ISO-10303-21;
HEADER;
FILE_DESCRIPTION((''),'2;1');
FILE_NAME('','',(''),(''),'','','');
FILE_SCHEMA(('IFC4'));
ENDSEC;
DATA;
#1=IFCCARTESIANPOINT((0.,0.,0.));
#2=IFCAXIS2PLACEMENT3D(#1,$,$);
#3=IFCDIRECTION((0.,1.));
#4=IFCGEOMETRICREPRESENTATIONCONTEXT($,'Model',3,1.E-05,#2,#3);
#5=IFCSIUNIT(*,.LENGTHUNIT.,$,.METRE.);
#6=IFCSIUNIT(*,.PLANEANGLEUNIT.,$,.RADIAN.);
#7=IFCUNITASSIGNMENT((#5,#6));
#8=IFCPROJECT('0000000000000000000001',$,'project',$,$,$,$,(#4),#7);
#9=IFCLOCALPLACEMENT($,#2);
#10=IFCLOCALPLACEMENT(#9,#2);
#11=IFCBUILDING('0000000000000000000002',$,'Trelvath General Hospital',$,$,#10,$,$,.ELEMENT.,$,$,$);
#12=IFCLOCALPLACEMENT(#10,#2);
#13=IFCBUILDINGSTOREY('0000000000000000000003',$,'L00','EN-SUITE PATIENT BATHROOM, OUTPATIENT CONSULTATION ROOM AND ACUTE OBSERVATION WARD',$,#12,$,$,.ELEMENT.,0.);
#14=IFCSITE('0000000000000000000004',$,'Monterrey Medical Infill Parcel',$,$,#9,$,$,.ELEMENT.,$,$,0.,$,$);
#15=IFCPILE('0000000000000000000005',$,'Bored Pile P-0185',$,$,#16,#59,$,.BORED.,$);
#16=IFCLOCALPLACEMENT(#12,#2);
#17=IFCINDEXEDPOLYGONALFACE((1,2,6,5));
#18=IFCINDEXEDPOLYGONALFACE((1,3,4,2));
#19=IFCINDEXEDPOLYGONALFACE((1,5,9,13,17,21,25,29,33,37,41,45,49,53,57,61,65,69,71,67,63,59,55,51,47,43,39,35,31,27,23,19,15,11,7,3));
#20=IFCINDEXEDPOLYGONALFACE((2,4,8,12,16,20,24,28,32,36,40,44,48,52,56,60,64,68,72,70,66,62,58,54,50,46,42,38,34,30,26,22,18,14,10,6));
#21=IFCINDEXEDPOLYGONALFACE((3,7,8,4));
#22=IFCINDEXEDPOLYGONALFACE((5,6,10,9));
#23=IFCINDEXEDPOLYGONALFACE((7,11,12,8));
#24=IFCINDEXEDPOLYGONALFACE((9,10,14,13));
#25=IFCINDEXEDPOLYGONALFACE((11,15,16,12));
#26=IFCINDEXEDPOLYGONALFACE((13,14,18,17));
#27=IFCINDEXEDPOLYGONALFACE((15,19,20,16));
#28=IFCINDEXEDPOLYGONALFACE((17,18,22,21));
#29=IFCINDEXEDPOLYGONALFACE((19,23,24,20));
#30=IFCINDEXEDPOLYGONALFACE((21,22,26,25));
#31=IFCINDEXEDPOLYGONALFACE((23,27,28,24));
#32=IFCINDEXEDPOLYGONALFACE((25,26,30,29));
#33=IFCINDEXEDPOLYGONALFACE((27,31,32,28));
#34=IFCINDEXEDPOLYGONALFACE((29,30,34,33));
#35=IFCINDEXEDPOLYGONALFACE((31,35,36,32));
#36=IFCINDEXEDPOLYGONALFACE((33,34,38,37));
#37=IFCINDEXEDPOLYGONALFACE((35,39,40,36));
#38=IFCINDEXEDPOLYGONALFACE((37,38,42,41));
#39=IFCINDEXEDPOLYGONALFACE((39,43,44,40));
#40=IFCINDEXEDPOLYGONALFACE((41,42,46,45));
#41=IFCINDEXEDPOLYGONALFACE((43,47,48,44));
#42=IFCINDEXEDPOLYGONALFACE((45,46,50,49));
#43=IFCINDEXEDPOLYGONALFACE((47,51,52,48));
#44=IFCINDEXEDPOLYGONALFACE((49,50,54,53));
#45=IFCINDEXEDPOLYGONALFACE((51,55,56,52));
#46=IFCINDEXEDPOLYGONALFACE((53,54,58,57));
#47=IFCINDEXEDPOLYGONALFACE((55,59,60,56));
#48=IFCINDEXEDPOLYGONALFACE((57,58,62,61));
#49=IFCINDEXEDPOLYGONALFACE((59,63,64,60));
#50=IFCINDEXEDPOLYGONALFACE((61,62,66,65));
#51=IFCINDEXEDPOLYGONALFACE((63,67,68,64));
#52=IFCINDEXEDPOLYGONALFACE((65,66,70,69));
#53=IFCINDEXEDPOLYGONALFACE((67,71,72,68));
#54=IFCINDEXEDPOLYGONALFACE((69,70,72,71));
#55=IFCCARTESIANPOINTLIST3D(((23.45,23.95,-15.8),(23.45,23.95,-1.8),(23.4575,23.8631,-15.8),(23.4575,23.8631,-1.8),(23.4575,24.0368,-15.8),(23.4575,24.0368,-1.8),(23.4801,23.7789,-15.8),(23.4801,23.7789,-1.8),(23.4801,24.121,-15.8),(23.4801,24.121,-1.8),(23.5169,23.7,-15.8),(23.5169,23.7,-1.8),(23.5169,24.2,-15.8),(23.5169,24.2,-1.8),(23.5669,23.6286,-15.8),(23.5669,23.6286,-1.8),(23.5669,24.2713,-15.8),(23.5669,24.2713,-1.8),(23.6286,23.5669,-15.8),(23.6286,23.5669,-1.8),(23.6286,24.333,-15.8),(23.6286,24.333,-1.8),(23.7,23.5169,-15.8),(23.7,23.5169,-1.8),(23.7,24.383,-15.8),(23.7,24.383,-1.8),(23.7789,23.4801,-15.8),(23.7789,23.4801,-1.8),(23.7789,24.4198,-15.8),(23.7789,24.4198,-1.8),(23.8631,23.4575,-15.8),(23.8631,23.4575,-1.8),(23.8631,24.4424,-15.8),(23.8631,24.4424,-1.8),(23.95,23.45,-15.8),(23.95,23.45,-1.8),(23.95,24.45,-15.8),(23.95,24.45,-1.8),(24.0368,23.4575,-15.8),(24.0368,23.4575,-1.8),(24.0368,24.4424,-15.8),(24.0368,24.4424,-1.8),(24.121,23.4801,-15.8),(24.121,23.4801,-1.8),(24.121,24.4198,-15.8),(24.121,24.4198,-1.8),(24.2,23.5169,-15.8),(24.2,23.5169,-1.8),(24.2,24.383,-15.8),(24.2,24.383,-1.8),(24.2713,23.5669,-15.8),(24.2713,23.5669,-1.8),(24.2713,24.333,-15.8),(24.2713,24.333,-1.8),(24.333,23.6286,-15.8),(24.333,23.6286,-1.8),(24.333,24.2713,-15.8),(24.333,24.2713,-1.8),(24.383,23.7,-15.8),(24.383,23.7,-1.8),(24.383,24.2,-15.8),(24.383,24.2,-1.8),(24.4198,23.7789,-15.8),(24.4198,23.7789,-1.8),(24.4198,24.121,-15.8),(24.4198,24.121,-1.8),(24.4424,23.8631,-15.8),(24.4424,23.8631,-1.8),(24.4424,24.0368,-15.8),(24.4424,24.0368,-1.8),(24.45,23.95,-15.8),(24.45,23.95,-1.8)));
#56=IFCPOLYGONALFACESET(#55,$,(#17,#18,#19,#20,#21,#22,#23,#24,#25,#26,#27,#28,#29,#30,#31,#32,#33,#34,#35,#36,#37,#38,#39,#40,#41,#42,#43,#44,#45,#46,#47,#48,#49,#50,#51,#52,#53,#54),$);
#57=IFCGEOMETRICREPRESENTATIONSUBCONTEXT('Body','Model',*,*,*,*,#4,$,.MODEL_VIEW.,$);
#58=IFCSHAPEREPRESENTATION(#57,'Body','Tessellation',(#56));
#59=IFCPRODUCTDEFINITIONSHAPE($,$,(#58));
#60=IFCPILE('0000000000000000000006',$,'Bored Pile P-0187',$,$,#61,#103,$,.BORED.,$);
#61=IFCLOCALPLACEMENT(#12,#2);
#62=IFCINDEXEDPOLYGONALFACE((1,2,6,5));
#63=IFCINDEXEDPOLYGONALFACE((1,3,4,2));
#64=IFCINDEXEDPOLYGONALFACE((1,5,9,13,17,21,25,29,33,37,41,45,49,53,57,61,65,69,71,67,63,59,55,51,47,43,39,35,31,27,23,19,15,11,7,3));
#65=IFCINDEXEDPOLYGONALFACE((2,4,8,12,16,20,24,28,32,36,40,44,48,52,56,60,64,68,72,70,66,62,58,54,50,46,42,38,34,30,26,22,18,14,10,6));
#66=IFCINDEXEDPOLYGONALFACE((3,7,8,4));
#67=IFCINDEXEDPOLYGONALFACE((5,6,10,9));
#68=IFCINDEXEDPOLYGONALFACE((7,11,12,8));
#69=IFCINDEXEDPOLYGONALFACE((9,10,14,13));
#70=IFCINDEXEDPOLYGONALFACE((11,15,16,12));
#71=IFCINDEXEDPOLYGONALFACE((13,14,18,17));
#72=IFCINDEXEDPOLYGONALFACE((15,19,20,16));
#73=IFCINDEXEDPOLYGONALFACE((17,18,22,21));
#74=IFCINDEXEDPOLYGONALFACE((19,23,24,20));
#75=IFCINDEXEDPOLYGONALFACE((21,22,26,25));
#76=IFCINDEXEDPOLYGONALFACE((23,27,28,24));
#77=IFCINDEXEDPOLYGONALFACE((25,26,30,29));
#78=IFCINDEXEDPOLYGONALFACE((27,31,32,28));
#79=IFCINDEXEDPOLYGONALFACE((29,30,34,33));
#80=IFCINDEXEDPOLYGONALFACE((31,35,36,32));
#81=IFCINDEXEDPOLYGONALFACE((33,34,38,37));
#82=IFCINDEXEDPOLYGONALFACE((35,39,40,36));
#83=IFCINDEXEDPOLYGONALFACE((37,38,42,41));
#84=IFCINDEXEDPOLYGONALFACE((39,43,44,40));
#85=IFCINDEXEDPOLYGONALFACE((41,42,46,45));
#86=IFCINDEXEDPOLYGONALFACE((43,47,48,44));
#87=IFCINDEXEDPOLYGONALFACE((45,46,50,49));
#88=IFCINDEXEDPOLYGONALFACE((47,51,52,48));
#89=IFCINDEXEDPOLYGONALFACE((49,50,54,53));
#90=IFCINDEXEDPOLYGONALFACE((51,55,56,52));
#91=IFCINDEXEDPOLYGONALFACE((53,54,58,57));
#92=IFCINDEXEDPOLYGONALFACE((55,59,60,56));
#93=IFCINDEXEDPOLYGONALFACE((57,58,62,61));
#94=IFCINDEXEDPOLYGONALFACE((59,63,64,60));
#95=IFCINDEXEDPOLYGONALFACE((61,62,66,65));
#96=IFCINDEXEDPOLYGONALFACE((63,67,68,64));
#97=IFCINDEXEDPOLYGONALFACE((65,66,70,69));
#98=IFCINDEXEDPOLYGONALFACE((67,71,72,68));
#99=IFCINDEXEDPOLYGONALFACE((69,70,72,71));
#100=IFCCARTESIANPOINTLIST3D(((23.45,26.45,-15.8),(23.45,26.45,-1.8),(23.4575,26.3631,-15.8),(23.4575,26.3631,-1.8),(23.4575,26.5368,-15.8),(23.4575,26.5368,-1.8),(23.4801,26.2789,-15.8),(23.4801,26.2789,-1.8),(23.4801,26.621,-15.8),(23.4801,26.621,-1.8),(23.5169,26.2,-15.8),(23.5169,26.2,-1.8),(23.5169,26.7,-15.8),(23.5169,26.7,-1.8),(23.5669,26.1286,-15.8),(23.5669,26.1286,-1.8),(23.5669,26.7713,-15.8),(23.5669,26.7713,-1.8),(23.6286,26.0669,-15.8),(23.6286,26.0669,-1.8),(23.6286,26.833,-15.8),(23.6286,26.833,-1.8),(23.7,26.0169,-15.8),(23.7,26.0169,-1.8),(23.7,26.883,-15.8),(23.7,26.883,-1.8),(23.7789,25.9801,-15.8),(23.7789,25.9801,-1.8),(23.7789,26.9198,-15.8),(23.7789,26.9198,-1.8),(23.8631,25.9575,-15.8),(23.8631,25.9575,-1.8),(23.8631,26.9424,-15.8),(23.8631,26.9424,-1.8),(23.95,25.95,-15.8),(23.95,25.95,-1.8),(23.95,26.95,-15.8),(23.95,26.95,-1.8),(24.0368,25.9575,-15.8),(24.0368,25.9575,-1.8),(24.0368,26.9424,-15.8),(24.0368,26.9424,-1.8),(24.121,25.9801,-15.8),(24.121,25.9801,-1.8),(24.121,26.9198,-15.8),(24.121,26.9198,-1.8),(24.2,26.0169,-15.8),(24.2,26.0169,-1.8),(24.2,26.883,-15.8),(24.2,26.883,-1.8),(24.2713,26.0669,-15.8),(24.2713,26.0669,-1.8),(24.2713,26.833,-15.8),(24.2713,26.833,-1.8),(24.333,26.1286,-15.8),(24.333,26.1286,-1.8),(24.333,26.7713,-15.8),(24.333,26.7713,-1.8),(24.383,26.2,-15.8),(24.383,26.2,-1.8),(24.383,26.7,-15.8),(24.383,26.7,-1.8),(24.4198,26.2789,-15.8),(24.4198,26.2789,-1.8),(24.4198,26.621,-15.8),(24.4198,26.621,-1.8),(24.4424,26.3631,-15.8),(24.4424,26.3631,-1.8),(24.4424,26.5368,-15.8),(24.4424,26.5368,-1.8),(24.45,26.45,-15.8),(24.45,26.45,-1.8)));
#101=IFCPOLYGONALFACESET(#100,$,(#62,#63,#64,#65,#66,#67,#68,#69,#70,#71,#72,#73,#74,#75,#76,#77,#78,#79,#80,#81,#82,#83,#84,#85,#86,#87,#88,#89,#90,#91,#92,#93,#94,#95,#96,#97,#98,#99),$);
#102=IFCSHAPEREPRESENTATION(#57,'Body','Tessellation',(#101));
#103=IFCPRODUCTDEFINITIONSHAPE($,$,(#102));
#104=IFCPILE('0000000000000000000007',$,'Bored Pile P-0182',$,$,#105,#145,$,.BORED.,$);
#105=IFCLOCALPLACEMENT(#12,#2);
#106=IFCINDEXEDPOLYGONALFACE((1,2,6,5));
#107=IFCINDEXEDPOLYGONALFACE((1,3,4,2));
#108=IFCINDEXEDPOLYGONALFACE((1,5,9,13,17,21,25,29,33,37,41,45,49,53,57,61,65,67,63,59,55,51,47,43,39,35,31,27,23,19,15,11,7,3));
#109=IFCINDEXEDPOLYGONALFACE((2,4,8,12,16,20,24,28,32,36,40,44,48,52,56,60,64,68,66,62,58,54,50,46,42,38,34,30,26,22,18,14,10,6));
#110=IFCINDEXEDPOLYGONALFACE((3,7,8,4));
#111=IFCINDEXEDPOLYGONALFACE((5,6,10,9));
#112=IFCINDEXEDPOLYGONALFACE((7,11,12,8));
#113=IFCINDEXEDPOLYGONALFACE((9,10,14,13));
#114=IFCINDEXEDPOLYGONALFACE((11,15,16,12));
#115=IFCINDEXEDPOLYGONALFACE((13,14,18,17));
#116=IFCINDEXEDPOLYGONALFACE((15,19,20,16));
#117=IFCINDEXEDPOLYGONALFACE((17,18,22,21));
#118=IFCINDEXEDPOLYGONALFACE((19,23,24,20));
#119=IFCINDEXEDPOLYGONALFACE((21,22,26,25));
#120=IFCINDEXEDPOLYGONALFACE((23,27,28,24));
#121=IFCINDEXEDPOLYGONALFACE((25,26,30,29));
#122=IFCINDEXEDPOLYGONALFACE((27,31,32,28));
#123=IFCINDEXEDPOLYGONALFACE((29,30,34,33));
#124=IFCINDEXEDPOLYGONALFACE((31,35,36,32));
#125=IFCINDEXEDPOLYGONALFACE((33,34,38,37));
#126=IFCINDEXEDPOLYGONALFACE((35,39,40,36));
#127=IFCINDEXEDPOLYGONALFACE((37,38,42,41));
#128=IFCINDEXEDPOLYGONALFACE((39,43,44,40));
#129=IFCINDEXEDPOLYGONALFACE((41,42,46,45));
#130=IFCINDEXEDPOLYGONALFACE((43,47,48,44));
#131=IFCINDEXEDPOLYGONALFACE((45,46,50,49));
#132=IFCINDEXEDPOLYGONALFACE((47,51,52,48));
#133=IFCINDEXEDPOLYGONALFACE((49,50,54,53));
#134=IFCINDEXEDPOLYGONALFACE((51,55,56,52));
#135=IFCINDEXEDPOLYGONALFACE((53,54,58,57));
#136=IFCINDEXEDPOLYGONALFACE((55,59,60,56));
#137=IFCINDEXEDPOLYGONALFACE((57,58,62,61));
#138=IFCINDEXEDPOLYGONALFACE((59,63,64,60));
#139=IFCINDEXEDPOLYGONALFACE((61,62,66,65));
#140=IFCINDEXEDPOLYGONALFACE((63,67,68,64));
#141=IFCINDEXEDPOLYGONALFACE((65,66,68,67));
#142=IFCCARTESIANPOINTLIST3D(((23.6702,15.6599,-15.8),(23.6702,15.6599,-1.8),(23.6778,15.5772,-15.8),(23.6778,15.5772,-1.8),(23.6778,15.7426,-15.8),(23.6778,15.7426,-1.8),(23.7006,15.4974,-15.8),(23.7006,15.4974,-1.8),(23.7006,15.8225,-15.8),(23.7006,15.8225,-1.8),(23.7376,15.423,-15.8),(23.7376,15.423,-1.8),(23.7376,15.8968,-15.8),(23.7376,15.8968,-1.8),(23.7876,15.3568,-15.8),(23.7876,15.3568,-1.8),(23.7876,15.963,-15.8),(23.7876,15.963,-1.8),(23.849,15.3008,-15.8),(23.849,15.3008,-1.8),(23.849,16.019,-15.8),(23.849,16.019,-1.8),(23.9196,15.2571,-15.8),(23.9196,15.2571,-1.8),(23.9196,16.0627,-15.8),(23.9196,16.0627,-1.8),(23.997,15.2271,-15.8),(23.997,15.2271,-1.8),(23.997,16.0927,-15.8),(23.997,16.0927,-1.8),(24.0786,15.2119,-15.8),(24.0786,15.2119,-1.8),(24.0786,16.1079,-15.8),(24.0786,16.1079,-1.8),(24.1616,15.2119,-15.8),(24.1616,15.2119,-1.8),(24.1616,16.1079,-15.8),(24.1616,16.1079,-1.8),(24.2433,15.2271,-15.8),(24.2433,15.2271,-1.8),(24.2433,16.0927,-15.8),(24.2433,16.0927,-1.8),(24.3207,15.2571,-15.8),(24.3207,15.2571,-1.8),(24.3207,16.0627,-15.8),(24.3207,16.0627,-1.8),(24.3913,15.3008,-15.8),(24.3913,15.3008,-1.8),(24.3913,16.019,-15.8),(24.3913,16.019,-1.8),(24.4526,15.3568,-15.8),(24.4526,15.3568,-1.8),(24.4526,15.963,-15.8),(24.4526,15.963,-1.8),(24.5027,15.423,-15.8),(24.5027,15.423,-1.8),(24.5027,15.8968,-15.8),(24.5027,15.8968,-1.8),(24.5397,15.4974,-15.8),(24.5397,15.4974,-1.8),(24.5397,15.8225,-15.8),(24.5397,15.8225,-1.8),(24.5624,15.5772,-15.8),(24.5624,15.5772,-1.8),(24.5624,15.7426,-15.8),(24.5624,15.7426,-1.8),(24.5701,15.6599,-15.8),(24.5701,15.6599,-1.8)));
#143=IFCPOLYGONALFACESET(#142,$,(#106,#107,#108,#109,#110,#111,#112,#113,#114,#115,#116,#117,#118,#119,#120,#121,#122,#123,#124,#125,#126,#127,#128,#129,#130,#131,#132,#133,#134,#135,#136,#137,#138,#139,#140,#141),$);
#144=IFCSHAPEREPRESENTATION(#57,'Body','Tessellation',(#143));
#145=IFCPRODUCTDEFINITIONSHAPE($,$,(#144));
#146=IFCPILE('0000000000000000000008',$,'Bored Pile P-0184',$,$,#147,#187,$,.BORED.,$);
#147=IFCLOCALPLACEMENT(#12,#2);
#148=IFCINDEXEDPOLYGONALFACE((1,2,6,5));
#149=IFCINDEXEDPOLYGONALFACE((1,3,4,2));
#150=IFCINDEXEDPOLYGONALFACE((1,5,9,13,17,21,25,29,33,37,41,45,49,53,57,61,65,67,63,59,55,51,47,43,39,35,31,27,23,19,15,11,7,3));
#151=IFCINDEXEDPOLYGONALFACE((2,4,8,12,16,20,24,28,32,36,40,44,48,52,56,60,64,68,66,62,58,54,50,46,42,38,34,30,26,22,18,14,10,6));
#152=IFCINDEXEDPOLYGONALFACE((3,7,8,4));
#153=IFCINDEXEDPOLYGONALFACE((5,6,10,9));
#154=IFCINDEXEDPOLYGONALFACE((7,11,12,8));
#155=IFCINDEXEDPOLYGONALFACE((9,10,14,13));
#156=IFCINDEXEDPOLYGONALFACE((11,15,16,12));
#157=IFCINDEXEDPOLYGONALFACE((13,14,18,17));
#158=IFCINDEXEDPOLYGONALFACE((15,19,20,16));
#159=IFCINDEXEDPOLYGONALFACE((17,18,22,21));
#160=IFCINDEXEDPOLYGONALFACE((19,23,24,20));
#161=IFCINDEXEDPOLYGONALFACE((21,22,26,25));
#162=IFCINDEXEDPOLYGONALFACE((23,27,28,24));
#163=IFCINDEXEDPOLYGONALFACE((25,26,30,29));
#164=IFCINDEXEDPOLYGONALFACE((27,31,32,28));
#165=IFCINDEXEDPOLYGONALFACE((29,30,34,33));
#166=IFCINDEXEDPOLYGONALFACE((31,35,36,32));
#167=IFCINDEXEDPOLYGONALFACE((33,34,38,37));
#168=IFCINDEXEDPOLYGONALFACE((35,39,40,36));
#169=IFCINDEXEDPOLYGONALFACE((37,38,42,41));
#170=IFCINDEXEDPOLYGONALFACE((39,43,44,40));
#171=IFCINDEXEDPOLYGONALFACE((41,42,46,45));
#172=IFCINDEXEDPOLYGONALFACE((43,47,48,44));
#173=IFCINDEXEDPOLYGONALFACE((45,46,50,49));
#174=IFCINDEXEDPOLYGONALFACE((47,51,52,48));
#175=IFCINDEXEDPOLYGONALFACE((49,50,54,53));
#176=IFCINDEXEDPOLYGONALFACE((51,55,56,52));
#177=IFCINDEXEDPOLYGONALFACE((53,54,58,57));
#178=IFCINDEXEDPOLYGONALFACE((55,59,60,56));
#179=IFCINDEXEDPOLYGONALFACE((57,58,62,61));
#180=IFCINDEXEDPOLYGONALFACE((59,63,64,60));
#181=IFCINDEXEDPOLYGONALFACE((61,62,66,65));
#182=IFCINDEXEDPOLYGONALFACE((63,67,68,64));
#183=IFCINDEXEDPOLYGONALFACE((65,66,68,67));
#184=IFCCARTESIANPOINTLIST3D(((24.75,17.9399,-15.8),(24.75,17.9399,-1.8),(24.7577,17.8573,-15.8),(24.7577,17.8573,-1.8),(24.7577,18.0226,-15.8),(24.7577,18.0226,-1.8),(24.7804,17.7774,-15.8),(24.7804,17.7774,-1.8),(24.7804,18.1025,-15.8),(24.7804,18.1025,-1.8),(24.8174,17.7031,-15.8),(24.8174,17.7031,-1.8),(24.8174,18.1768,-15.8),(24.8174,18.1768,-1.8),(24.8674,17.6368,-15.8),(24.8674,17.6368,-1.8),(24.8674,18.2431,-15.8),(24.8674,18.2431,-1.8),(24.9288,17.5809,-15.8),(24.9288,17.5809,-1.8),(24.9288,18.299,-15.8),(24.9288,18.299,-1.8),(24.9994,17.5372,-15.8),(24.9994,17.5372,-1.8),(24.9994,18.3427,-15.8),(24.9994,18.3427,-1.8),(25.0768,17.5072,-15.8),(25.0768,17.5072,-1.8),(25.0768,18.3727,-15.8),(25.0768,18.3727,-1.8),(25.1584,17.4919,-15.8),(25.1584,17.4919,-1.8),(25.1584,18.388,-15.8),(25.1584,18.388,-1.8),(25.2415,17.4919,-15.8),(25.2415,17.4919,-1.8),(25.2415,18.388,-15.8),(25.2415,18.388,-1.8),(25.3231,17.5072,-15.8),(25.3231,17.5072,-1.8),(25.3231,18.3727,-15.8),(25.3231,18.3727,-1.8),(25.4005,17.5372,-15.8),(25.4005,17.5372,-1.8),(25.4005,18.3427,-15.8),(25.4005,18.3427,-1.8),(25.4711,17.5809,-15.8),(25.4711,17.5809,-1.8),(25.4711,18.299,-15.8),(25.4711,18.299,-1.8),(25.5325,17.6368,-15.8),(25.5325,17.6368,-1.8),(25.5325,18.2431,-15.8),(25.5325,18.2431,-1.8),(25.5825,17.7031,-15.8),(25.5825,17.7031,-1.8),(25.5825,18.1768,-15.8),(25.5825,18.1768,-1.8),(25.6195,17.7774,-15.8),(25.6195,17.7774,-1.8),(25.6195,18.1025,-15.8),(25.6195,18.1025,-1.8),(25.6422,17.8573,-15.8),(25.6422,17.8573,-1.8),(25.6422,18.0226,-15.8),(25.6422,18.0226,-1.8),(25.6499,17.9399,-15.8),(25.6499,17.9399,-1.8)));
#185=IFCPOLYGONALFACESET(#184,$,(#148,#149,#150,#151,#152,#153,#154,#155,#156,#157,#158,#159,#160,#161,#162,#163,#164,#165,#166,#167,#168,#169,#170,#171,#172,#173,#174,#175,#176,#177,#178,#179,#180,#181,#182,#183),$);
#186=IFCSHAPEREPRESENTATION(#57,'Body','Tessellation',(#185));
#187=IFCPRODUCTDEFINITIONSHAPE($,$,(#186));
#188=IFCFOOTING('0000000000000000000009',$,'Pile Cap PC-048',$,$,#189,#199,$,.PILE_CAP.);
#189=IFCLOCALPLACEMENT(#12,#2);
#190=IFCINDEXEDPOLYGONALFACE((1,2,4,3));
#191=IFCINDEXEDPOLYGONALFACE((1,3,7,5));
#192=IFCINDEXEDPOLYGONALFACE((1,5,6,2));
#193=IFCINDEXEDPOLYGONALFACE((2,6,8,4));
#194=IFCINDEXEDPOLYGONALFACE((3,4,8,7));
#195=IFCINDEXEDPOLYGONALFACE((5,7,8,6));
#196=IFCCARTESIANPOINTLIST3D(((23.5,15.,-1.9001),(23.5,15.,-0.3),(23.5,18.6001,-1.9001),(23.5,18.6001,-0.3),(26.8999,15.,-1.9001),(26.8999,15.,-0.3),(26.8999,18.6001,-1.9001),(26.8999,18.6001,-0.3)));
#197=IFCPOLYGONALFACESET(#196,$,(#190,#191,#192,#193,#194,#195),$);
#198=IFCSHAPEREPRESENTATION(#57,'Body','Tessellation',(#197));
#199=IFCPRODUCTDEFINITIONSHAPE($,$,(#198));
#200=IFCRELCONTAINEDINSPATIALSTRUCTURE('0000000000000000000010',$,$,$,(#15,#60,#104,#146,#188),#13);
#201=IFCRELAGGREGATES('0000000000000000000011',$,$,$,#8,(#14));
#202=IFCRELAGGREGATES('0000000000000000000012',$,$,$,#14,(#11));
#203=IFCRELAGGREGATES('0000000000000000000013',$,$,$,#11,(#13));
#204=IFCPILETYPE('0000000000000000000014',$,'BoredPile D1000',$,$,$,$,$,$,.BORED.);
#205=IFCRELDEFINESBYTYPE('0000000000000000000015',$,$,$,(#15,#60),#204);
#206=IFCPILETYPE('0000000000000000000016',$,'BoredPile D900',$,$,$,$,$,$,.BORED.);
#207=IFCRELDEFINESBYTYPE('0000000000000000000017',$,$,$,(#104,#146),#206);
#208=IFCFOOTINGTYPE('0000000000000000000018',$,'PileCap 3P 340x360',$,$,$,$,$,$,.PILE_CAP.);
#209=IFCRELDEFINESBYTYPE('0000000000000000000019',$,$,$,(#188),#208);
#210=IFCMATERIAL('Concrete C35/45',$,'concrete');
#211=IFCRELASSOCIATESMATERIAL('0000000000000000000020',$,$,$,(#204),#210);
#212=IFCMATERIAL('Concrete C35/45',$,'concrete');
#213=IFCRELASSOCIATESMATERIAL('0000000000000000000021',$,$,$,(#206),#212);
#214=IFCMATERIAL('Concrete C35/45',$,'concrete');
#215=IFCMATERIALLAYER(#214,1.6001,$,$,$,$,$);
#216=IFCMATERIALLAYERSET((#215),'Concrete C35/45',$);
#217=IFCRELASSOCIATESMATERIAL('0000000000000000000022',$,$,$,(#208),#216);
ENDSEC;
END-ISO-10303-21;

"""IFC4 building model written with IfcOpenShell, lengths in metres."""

from ifc_helpers import new_model, si_unit, direction, frame, origin, origin_2d, place, context, subcontext, project, spatial, rectangle, circle, extrude, material, layer, layer_set, material_profile, profile_set, type_object, element, save


model = new_model("IFC4")

# Units and contexts
model_context = context("Model", 3, precision=1e-05, world=origin(), true_north=direction((0.0, 1.0)))
body_context = subcontext(model_context, "Body", "Model", "MODEL_VIEW")
ifc_project = project(units=[si_unit("LENGTHUNIT", "METRE"), si_unit("PLANEANGLEUNIT", "RADIAN")], contexts=[model_context])

# Site, building, storey
site_placement = place(None, origin())
site = spatial("IfcSite", under=ifc_project, at=site_placement, Name="Monterrey Medical Infill Parcel", CompositionType="ELEMENT", RefElevation=0.0)
building_placement = place(site_placement, origin())
building = spatial("IfcBuilding", under=site, at=building_placement, Name="Trelvath General Hospital", CompositionType="ELEMENT")
storey_placement = place(building_placement, origin())
storey = spatial("IfcBuildingStorey", under=building, at=storey_placement, Name="L00", Description="EN-SUITE PATIENT BATHROOM, OUTPATIENT CONSULTATION ROOM AND ACUTE OBSERVATION WARD", CompositionType="ELEMENT", Elevation=0.0)

# Piles
ifc_material_1 = material(Name="Concrete C35/45", Category="concrete")
ifc_material_profile_1 = material_profile(ifc_material_1, circle(Radius=0.5, at=origin_2d()), Name="PILE1000")
ifc_profile_set_1 = profile_set([ifc_material_profile_1], Name="Concrete C35/45")
pile_type_1 = type_object("IfcPileType", Name="BoredPile D1000", PredefinedType="BORED", material=ifc_profile_set_1)
for number, where, z_axis, x_axis, name in (
    (1, (23.95, 23.95, -1.8), (0.0, 0.0, -1.0), (1.0, 0.0, 0.0), "Bored Pile P-0185"),
    (2, (23.95, 26.45, -1.8), (0.0, 0.0, -1.0), (1.0, 0.0, 0.0), "Bored Pile P-0187"),
):
    element("IfcPile", number, at=place(storey_placement, frame(where, z_axis=z_axis, x_axis=x_axis)), inside=storey, type_object=pile_type_1, Name=name, PredefinedType="BORED", context=body_context, shape_type="SweptSolid", body=[
        extrude(circle(Radius=0.5, at=origin_2d()), origin(), (0.0, 0.0, 1.0), 14.0),
    ])
ifc_material_2 = material(Name="Concrete C35/45", Category="concrete")
ifc_material_profile_2 = material_profile(ifc_material_2, circle(Radius=0.45, at=origin_2d()), Name="PILE900")
ifc_profile_set_2 = profile_set([ifc_material_profile_2], Name="Concrete C35/45")
pile_type_2 = type_object("IfcPileType", Name="BoredPile D900", PredefinedType="BORED", material=ifc_profile_set_2)
for number, where, z_axis, x_axis, name in (
    (3, (24.1201, 15.6599, -1.8), (0.0, 0.0, -1.0), (1.0, 0.0, 0.0), "Bored Pile P-0182"),
    (4, (25.2, 17.9399, -1.8), (0.0, 0.0, -1.0), (1.0, 0.0, 0.0), "Bored Pile P-0184"),
):
    element("IfcPile", number, at=place(storey_placement, frame(where, z_axis=z_axis, x_axis=x_axis)), inside=storey, type_object=pile_type_2, Name=name, PredefinedType="BORED", context=body_context, shape_type="SweptSolid", body=[
        extrude(circle(Radius=0.45, at=origin_2d()), origin(), (0.0, 0.0, 1.0), 14.0),
    ])

# Footing
ifc_material_3 = material(Name="Concrete C35/45", Category="concrete")
ifc_layer_1 = layer(ifc_material_3, 1.6001)
ifc_layer_set_1 = layer_set([ifc_layer_1], Name="Concrete C35/45")
footing_type_1 = type_object("IfcFootingType", Name="PileCap 3P 340x360", PredefinedType="PILE_CAP", material=ifc_layer_set_1)
footing_1_placement = place(storey_placement, frame((25.2, 16.8, -1.9001), z_axis=(0.0, 0.0, 1.0), x_axis=(1.0, 0.0, 0.0)))
element("IfcFooting", 5, at=footing_1_placement, inside=storey, type_object=footing_type_1, Name="Pile Cap PC-048", PredefinedType="PILE_CAP", context=body_context, shape_type="SweptSolid", body=[
    extrude(rectangle(XDim=3.3999, YDim=3.6001, at=origin_2d()), origin(), (0.0, 0.0, 1.0), 1.6001),
])

save(model, "model.ifc")
